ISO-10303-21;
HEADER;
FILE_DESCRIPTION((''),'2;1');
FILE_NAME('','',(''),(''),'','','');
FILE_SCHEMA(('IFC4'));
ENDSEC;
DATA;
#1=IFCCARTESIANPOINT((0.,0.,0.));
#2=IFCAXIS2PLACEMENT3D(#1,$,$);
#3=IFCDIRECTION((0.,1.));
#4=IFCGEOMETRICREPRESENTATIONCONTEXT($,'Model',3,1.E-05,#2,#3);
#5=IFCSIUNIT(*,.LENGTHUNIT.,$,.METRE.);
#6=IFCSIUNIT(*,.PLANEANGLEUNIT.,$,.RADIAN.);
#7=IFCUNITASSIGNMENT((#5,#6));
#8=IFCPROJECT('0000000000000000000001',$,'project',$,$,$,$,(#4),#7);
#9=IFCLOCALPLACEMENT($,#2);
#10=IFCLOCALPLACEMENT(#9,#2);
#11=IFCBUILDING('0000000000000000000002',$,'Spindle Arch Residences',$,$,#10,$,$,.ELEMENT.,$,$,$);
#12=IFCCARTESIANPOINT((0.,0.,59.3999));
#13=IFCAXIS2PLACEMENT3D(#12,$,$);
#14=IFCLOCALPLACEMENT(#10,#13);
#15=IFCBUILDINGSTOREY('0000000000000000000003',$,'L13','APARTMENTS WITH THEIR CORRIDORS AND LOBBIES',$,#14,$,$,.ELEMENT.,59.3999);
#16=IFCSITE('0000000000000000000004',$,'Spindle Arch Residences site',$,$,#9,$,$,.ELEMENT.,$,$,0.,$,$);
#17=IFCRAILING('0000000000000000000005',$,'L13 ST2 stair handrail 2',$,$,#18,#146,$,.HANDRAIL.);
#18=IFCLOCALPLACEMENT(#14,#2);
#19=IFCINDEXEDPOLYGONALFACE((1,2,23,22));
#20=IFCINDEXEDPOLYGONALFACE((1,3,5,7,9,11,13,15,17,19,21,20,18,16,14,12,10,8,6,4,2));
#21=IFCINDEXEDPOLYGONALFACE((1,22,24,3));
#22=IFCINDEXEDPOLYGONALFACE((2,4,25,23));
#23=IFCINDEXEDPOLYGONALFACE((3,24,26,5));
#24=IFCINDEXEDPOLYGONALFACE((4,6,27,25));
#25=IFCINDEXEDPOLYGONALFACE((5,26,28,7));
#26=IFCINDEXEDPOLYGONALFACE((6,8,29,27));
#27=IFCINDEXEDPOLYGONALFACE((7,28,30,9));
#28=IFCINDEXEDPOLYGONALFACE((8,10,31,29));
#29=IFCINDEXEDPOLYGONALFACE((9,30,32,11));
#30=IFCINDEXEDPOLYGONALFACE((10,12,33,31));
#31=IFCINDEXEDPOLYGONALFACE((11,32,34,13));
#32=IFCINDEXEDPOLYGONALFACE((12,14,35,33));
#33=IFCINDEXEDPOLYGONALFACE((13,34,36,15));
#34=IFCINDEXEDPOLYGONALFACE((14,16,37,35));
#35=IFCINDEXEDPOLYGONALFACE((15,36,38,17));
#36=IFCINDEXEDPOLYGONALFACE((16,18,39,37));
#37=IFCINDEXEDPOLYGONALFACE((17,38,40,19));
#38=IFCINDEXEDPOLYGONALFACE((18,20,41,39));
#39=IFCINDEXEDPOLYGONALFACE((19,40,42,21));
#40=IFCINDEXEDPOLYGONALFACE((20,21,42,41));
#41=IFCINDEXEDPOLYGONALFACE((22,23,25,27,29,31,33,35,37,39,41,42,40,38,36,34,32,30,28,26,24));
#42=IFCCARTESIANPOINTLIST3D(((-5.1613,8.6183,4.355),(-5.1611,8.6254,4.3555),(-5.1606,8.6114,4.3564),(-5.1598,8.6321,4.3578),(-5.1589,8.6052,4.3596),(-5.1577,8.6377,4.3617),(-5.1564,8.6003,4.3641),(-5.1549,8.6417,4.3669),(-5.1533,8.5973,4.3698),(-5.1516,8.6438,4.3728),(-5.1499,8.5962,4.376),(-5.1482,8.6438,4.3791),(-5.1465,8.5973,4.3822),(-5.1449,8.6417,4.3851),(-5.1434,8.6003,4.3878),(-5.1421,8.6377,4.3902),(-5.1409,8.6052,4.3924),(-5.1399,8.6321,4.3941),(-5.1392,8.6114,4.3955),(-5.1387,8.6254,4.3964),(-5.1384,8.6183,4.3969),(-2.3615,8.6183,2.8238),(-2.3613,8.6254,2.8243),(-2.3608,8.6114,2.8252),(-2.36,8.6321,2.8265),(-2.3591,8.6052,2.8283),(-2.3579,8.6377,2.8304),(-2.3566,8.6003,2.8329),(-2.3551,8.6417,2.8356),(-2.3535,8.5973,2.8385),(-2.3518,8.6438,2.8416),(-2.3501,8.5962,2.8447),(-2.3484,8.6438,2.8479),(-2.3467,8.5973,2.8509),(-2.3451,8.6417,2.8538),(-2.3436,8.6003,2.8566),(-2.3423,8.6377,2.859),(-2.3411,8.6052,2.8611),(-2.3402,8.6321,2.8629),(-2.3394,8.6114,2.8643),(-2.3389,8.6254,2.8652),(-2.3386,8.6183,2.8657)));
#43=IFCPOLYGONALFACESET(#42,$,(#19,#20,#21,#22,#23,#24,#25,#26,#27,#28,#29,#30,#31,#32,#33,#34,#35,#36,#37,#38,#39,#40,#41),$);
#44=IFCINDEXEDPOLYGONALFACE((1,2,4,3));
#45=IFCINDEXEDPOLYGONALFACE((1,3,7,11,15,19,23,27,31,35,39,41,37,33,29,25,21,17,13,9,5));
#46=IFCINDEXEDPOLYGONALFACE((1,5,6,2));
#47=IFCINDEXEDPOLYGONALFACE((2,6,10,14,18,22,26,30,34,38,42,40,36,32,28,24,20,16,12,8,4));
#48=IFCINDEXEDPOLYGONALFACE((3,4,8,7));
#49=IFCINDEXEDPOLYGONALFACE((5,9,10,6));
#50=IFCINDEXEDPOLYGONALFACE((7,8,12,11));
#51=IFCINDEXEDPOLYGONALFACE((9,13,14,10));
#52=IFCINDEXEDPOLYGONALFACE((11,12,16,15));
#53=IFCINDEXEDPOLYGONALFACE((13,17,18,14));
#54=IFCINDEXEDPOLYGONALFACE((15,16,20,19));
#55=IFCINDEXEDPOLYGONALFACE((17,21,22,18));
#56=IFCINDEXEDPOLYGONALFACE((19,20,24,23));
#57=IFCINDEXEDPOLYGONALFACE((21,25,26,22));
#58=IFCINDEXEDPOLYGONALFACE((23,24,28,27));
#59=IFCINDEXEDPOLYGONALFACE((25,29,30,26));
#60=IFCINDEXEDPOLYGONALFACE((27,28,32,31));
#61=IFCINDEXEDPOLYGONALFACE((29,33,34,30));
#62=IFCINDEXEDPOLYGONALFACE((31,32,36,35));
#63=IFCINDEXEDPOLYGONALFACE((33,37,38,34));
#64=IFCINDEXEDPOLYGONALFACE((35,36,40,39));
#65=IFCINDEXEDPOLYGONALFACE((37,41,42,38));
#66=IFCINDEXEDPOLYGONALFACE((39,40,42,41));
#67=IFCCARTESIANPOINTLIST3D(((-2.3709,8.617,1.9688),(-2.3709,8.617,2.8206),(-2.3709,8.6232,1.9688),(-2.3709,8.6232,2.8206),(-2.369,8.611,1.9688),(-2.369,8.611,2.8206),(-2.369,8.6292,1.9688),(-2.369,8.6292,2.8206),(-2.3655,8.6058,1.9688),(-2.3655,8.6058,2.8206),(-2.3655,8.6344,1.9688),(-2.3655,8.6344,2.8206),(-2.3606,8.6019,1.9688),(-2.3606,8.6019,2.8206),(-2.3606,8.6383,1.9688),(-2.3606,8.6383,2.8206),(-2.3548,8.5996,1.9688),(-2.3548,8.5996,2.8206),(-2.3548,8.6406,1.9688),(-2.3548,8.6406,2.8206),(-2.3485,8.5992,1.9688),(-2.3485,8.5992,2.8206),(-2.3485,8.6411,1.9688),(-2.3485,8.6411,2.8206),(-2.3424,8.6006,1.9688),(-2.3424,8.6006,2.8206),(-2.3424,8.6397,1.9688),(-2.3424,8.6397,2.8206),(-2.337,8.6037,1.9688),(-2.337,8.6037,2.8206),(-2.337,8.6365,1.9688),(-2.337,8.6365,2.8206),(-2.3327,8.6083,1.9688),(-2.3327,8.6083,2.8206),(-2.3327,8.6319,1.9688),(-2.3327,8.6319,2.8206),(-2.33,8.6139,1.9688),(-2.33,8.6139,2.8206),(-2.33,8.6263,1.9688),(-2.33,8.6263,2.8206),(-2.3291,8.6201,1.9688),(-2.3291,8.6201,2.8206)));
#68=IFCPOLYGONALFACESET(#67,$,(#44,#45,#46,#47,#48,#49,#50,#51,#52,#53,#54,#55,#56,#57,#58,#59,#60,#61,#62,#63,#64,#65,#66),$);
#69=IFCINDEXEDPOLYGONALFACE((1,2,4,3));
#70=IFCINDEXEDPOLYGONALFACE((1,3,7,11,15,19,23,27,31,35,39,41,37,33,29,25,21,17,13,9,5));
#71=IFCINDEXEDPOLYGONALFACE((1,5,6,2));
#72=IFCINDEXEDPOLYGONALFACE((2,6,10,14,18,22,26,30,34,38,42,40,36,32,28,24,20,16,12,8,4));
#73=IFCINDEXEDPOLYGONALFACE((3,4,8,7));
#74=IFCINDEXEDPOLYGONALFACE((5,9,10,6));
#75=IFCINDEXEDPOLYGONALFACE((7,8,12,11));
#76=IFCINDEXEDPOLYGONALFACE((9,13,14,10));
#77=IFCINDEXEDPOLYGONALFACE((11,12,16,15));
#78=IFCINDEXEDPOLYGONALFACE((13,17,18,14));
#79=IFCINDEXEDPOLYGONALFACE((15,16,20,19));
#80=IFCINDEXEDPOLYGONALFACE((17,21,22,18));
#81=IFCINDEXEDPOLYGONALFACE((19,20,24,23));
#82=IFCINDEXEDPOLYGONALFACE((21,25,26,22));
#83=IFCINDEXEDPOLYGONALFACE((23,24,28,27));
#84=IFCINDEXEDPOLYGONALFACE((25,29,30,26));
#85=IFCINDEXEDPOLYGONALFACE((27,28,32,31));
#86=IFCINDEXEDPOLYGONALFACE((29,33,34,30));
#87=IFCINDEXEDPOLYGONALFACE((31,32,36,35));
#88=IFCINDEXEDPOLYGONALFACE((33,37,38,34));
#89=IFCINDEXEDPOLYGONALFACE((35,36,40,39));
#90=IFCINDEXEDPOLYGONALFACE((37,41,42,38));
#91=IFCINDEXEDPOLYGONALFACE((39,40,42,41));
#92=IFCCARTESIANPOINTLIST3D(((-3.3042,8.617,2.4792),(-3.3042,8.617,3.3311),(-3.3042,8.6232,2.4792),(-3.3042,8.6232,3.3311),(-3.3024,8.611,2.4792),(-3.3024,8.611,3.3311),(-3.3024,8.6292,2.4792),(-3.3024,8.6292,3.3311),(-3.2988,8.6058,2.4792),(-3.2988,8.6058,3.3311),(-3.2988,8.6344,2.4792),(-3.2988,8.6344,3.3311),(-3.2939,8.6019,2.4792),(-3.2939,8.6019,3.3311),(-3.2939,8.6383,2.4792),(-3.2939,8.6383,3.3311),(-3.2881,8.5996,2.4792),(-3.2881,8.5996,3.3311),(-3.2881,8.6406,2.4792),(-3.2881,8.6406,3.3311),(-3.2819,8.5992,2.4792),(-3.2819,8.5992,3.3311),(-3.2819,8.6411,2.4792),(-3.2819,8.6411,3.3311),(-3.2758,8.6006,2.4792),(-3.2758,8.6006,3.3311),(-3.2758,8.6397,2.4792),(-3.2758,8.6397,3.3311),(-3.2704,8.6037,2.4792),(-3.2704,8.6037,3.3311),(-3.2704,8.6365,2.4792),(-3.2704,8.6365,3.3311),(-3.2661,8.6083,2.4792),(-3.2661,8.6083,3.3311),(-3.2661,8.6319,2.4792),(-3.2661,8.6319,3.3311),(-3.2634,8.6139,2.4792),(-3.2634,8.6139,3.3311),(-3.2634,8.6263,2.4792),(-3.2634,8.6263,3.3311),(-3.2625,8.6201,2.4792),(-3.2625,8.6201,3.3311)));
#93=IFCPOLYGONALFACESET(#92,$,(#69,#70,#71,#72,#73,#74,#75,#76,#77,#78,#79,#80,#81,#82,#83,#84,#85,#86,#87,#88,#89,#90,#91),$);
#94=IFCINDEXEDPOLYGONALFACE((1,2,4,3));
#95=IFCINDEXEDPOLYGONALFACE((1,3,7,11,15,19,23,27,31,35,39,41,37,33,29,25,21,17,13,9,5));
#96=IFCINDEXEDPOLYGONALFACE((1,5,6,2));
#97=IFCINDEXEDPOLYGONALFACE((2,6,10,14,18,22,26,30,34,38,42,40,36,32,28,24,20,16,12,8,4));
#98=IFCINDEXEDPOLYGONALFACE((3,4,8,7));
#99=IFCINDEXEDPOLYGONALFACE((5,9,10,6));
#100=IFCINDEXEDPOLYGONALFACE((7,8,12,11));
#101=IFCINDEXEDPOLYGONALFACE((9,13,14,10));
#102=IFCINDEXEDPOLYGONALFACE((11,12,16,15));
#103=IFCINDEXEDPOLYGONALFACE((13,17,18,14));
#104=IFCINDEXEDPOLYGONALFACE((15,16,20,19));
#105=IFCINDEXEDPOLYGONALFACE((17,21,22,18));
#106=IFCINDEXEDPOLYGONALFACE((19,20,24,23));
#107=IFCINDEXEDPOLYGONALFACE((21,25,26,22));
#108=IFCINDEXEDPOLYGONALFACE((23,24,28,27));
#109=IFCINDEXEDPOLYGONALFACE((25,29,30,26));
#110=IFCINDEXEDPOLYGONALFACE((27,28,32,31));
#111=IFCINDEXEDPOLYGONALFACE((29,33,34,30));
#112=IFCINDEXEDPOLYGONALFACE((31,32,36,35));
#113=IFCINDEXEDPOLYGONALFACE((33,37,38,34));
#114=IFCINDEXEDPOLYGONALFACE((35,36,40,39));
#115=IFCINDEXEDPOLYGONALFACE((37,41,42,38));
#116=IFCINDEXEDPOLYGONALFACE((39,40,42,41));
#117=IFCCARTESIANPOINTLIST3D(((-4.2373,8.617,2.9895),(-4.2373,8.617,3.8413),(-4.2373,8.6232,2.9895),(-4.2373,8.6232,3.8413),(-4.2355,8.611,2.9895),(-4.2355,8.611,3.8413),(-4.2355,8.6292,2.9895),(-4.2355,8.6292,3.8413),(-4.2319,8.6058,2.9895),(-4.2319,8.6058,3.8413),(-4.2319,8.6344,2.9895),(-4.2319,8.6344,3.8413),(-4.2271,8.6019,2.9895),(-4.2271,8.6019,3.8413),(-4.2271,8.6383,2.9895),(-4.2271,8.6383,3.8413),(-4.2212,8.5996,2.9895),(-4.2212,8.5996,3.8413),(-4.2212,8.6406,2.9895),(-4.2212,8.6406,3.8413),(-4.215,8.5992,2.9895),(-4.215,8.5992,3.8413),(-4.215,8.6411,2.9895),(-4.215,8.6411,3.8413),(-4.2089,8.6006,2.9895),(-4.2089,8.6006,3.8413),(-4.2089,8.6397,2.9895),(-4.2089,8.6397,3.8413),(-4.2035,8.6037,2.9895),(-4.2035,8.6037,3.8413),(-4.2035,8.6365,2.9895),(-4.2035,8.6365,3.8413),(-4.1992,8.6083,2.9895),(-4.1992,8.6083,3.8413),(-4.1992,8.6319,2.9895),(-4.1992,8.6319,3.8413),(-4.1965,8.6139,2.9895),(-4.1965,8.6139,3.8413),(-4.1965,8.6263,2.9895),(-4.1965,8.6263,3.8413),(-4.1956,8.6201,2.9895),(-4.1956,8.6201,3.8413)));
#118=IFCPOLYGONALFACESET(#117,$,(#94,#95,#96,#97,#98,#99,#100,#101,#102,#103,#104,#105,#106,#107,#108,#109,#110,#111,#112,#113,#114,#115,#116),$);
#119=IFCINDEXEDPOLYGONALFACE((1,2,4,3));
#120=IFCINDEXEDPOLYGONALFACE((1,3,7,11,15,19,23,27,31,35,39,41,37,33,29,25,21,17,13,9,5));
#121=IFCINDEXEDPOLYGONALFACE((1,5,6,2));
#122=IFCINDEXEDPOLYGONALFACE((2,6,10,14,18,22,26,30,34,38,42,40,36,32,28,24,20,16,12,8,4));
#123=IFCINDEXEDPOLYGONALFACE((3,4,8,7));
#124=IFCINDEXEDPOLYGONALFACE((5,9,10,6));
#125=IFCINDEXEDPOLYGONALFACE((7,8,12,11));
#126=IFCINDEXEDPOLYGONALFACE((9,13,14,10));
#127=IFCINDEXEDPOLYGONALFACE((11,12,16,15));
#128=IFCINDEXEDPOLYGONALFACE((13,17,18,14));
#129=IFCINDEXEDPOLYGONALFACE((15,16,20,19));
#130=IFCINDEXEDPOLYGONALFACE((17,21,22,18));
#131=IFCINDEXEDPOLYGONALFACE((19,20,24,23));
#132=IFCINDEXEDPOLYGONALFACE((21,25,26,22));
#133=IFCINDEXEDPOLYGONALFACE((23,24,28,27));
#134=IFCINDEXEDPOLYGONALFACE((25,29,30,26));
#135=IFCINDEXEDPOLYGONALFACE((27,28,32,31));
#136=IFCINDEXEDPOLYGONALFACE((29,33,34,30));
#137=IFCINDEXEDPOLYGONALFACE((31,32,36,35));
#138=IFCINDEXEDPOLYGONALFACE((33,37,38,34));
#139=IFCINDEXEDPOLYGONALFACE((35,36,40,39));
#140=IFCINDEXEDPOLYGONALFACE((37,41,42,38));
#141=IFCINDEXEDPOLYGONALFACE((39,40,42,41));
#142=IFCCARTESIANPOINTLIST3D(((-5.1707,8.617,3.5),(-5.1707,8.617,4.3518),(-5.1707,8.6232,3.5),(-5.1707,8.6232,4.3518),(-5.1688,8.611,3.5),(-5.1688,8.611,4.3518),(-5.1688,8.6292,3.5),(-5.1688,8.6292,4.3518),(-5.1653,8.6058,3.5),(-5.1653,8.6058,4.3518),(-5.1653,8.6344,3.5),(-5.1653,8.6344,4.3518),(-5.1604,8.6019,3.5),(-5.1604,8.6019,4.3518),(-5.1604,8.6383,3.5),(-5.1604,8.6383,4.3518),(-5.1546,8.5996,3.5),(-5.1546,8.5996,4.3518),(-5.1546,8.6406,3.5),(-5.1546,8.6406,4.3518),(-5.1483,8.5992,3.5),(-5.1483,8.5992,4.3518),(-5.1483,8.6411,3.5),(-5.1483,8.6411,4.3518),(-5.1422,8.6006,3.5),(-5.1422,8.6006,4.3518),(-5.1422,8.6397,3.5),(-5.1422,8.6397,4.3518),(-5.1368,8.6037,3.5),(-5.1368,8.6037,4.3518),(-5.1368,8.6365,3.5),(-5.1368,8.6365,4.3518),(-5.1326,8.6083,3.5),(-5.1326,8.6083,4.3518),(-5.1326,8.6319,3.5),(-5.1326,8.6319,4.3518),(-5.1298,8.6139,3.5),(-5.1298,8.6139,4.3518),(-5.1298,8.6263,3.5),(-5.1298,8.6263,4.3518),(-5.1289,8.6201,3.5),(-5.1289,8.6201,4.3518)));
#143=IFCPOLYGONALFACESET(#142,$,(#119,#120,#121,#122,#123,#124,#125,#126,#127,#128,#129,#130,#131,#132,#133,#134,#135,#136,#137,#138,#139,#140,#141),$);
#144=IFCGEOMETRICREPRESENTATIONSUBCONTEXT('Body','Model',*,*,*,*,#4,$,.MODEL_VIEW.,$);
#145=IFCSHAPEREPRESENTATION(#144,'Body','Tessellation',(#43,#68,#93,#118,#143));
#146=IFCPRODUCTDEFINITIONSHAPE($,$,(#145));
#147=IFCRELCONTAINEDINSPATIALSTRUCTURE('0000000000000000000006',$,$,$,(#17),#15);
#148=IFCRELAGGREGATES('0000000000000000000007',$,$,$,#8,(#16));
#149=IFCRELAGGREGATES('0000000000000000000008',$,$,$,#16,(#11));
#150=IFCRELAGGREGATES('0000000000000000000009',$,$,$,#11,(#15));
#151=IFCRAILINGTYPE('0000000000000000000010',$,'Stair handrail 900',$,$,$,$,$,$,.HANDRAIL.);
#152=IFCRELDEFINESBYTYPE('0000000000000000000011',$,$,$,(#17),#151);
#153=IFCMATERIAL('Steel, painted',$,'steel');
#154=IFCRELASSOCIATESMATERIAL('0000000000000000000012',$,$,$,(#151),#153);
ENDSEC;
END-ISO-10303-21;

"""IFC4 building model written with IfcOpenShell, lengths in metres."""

from ifc_helpers import new_model, si_unit, direction, frame, origin, origin_2d, place, context, subcontext, project, spatial, circle, extrude, material, type_object, element, save


model = new_model("IFC4")

# Units and contexts
model_context = context("Model", 3, precision=1e-05, world=origin(), true_north=direction((0.0, 1.0)))
body_context = subcontext(model_context, "Body", "Model", "MODEL_VIEW")
ifc_project = project(units=[si_unit("LENGTHUNIT", "METRE"), si_unit("PLANEANGLEUNIT", "RADIAN")], contexts=[model_context])

# Site, building, storey
site_placement = place(None, origin())
site = spatial("IfcSite", under=ifc_project, at=site_placement, Name="Spindle Arch Residences site", CompositionType="ELEMENT", RefElevation=0.0)
building_placement = place(site_placement, origin())
building = spatial("IfcBuilding", under=site, at=building_placement, Name="Spindle Arch Residences", CompositionType="ELEMENT")
storey_placement = place(building_placement, frame((0.0, 0.0, 59.3999)))
storey = spatial("IfcBuildingStorey", under=building, at=storey_placement, Name="L13", Description="APARTMENTS WITH THEIR CORRIDORS AND LOBBIES", CompositionType="ELEMENT", Elevation=59.3999)

# Railing
ifc_material_1 = material(Name="Steel, painted", Category="steel")
railing_type_1 = type_object("IfcRailingType", Name="Stair handrail 900", PredefinedType="HANDRAIL", material=ifc_material_1)
railing_1_placement = place(storey_placement, frame((-2.3501, 8.6201, 1.9688)))
element("IfcRailing", 1, at=railing_1_placement, inside=storey, type_object=railing_type_1, Name="L13 ST2 stair handrail 2", PredefinedType="HANDRAIL", context=body_context, shape_type="SweptSolid", body=[
    extrude(circle(Radius=0.0239, at=origin_2d()), frame((0.0, 0.0, 0.876), z_axis=(-0.877357, 0.0, 0.479838), x_axis=(0.0, -1.0, 0.0)), (0.0, 0.0, 1.0), 3.1912),
    extrude(circle(Radius=0.021, at=origin_2d()), origin(), (0.0, 0.0, 1.0), 0.8518),
    extrude(circle(Radius=0.021, at=origin_2d()), frame((-0.9333, 0.0, 0.5105)), (0.0, 0.0, 1.0), 0.8518),
    extrude(circle(Radius=0.021, at=origin_2d()), frame((-1.8665, 0.0, 1.0208)), (0.0, 0.0, 1.0), 0.8518),
    extrude(circle(Radius=0.021, at=origin_2d()), frame((-2.7998, 0.0, 1.5312)), (0.0, 0.0, 1.0), 0.8518),
])

save(model, "model.ifc")
